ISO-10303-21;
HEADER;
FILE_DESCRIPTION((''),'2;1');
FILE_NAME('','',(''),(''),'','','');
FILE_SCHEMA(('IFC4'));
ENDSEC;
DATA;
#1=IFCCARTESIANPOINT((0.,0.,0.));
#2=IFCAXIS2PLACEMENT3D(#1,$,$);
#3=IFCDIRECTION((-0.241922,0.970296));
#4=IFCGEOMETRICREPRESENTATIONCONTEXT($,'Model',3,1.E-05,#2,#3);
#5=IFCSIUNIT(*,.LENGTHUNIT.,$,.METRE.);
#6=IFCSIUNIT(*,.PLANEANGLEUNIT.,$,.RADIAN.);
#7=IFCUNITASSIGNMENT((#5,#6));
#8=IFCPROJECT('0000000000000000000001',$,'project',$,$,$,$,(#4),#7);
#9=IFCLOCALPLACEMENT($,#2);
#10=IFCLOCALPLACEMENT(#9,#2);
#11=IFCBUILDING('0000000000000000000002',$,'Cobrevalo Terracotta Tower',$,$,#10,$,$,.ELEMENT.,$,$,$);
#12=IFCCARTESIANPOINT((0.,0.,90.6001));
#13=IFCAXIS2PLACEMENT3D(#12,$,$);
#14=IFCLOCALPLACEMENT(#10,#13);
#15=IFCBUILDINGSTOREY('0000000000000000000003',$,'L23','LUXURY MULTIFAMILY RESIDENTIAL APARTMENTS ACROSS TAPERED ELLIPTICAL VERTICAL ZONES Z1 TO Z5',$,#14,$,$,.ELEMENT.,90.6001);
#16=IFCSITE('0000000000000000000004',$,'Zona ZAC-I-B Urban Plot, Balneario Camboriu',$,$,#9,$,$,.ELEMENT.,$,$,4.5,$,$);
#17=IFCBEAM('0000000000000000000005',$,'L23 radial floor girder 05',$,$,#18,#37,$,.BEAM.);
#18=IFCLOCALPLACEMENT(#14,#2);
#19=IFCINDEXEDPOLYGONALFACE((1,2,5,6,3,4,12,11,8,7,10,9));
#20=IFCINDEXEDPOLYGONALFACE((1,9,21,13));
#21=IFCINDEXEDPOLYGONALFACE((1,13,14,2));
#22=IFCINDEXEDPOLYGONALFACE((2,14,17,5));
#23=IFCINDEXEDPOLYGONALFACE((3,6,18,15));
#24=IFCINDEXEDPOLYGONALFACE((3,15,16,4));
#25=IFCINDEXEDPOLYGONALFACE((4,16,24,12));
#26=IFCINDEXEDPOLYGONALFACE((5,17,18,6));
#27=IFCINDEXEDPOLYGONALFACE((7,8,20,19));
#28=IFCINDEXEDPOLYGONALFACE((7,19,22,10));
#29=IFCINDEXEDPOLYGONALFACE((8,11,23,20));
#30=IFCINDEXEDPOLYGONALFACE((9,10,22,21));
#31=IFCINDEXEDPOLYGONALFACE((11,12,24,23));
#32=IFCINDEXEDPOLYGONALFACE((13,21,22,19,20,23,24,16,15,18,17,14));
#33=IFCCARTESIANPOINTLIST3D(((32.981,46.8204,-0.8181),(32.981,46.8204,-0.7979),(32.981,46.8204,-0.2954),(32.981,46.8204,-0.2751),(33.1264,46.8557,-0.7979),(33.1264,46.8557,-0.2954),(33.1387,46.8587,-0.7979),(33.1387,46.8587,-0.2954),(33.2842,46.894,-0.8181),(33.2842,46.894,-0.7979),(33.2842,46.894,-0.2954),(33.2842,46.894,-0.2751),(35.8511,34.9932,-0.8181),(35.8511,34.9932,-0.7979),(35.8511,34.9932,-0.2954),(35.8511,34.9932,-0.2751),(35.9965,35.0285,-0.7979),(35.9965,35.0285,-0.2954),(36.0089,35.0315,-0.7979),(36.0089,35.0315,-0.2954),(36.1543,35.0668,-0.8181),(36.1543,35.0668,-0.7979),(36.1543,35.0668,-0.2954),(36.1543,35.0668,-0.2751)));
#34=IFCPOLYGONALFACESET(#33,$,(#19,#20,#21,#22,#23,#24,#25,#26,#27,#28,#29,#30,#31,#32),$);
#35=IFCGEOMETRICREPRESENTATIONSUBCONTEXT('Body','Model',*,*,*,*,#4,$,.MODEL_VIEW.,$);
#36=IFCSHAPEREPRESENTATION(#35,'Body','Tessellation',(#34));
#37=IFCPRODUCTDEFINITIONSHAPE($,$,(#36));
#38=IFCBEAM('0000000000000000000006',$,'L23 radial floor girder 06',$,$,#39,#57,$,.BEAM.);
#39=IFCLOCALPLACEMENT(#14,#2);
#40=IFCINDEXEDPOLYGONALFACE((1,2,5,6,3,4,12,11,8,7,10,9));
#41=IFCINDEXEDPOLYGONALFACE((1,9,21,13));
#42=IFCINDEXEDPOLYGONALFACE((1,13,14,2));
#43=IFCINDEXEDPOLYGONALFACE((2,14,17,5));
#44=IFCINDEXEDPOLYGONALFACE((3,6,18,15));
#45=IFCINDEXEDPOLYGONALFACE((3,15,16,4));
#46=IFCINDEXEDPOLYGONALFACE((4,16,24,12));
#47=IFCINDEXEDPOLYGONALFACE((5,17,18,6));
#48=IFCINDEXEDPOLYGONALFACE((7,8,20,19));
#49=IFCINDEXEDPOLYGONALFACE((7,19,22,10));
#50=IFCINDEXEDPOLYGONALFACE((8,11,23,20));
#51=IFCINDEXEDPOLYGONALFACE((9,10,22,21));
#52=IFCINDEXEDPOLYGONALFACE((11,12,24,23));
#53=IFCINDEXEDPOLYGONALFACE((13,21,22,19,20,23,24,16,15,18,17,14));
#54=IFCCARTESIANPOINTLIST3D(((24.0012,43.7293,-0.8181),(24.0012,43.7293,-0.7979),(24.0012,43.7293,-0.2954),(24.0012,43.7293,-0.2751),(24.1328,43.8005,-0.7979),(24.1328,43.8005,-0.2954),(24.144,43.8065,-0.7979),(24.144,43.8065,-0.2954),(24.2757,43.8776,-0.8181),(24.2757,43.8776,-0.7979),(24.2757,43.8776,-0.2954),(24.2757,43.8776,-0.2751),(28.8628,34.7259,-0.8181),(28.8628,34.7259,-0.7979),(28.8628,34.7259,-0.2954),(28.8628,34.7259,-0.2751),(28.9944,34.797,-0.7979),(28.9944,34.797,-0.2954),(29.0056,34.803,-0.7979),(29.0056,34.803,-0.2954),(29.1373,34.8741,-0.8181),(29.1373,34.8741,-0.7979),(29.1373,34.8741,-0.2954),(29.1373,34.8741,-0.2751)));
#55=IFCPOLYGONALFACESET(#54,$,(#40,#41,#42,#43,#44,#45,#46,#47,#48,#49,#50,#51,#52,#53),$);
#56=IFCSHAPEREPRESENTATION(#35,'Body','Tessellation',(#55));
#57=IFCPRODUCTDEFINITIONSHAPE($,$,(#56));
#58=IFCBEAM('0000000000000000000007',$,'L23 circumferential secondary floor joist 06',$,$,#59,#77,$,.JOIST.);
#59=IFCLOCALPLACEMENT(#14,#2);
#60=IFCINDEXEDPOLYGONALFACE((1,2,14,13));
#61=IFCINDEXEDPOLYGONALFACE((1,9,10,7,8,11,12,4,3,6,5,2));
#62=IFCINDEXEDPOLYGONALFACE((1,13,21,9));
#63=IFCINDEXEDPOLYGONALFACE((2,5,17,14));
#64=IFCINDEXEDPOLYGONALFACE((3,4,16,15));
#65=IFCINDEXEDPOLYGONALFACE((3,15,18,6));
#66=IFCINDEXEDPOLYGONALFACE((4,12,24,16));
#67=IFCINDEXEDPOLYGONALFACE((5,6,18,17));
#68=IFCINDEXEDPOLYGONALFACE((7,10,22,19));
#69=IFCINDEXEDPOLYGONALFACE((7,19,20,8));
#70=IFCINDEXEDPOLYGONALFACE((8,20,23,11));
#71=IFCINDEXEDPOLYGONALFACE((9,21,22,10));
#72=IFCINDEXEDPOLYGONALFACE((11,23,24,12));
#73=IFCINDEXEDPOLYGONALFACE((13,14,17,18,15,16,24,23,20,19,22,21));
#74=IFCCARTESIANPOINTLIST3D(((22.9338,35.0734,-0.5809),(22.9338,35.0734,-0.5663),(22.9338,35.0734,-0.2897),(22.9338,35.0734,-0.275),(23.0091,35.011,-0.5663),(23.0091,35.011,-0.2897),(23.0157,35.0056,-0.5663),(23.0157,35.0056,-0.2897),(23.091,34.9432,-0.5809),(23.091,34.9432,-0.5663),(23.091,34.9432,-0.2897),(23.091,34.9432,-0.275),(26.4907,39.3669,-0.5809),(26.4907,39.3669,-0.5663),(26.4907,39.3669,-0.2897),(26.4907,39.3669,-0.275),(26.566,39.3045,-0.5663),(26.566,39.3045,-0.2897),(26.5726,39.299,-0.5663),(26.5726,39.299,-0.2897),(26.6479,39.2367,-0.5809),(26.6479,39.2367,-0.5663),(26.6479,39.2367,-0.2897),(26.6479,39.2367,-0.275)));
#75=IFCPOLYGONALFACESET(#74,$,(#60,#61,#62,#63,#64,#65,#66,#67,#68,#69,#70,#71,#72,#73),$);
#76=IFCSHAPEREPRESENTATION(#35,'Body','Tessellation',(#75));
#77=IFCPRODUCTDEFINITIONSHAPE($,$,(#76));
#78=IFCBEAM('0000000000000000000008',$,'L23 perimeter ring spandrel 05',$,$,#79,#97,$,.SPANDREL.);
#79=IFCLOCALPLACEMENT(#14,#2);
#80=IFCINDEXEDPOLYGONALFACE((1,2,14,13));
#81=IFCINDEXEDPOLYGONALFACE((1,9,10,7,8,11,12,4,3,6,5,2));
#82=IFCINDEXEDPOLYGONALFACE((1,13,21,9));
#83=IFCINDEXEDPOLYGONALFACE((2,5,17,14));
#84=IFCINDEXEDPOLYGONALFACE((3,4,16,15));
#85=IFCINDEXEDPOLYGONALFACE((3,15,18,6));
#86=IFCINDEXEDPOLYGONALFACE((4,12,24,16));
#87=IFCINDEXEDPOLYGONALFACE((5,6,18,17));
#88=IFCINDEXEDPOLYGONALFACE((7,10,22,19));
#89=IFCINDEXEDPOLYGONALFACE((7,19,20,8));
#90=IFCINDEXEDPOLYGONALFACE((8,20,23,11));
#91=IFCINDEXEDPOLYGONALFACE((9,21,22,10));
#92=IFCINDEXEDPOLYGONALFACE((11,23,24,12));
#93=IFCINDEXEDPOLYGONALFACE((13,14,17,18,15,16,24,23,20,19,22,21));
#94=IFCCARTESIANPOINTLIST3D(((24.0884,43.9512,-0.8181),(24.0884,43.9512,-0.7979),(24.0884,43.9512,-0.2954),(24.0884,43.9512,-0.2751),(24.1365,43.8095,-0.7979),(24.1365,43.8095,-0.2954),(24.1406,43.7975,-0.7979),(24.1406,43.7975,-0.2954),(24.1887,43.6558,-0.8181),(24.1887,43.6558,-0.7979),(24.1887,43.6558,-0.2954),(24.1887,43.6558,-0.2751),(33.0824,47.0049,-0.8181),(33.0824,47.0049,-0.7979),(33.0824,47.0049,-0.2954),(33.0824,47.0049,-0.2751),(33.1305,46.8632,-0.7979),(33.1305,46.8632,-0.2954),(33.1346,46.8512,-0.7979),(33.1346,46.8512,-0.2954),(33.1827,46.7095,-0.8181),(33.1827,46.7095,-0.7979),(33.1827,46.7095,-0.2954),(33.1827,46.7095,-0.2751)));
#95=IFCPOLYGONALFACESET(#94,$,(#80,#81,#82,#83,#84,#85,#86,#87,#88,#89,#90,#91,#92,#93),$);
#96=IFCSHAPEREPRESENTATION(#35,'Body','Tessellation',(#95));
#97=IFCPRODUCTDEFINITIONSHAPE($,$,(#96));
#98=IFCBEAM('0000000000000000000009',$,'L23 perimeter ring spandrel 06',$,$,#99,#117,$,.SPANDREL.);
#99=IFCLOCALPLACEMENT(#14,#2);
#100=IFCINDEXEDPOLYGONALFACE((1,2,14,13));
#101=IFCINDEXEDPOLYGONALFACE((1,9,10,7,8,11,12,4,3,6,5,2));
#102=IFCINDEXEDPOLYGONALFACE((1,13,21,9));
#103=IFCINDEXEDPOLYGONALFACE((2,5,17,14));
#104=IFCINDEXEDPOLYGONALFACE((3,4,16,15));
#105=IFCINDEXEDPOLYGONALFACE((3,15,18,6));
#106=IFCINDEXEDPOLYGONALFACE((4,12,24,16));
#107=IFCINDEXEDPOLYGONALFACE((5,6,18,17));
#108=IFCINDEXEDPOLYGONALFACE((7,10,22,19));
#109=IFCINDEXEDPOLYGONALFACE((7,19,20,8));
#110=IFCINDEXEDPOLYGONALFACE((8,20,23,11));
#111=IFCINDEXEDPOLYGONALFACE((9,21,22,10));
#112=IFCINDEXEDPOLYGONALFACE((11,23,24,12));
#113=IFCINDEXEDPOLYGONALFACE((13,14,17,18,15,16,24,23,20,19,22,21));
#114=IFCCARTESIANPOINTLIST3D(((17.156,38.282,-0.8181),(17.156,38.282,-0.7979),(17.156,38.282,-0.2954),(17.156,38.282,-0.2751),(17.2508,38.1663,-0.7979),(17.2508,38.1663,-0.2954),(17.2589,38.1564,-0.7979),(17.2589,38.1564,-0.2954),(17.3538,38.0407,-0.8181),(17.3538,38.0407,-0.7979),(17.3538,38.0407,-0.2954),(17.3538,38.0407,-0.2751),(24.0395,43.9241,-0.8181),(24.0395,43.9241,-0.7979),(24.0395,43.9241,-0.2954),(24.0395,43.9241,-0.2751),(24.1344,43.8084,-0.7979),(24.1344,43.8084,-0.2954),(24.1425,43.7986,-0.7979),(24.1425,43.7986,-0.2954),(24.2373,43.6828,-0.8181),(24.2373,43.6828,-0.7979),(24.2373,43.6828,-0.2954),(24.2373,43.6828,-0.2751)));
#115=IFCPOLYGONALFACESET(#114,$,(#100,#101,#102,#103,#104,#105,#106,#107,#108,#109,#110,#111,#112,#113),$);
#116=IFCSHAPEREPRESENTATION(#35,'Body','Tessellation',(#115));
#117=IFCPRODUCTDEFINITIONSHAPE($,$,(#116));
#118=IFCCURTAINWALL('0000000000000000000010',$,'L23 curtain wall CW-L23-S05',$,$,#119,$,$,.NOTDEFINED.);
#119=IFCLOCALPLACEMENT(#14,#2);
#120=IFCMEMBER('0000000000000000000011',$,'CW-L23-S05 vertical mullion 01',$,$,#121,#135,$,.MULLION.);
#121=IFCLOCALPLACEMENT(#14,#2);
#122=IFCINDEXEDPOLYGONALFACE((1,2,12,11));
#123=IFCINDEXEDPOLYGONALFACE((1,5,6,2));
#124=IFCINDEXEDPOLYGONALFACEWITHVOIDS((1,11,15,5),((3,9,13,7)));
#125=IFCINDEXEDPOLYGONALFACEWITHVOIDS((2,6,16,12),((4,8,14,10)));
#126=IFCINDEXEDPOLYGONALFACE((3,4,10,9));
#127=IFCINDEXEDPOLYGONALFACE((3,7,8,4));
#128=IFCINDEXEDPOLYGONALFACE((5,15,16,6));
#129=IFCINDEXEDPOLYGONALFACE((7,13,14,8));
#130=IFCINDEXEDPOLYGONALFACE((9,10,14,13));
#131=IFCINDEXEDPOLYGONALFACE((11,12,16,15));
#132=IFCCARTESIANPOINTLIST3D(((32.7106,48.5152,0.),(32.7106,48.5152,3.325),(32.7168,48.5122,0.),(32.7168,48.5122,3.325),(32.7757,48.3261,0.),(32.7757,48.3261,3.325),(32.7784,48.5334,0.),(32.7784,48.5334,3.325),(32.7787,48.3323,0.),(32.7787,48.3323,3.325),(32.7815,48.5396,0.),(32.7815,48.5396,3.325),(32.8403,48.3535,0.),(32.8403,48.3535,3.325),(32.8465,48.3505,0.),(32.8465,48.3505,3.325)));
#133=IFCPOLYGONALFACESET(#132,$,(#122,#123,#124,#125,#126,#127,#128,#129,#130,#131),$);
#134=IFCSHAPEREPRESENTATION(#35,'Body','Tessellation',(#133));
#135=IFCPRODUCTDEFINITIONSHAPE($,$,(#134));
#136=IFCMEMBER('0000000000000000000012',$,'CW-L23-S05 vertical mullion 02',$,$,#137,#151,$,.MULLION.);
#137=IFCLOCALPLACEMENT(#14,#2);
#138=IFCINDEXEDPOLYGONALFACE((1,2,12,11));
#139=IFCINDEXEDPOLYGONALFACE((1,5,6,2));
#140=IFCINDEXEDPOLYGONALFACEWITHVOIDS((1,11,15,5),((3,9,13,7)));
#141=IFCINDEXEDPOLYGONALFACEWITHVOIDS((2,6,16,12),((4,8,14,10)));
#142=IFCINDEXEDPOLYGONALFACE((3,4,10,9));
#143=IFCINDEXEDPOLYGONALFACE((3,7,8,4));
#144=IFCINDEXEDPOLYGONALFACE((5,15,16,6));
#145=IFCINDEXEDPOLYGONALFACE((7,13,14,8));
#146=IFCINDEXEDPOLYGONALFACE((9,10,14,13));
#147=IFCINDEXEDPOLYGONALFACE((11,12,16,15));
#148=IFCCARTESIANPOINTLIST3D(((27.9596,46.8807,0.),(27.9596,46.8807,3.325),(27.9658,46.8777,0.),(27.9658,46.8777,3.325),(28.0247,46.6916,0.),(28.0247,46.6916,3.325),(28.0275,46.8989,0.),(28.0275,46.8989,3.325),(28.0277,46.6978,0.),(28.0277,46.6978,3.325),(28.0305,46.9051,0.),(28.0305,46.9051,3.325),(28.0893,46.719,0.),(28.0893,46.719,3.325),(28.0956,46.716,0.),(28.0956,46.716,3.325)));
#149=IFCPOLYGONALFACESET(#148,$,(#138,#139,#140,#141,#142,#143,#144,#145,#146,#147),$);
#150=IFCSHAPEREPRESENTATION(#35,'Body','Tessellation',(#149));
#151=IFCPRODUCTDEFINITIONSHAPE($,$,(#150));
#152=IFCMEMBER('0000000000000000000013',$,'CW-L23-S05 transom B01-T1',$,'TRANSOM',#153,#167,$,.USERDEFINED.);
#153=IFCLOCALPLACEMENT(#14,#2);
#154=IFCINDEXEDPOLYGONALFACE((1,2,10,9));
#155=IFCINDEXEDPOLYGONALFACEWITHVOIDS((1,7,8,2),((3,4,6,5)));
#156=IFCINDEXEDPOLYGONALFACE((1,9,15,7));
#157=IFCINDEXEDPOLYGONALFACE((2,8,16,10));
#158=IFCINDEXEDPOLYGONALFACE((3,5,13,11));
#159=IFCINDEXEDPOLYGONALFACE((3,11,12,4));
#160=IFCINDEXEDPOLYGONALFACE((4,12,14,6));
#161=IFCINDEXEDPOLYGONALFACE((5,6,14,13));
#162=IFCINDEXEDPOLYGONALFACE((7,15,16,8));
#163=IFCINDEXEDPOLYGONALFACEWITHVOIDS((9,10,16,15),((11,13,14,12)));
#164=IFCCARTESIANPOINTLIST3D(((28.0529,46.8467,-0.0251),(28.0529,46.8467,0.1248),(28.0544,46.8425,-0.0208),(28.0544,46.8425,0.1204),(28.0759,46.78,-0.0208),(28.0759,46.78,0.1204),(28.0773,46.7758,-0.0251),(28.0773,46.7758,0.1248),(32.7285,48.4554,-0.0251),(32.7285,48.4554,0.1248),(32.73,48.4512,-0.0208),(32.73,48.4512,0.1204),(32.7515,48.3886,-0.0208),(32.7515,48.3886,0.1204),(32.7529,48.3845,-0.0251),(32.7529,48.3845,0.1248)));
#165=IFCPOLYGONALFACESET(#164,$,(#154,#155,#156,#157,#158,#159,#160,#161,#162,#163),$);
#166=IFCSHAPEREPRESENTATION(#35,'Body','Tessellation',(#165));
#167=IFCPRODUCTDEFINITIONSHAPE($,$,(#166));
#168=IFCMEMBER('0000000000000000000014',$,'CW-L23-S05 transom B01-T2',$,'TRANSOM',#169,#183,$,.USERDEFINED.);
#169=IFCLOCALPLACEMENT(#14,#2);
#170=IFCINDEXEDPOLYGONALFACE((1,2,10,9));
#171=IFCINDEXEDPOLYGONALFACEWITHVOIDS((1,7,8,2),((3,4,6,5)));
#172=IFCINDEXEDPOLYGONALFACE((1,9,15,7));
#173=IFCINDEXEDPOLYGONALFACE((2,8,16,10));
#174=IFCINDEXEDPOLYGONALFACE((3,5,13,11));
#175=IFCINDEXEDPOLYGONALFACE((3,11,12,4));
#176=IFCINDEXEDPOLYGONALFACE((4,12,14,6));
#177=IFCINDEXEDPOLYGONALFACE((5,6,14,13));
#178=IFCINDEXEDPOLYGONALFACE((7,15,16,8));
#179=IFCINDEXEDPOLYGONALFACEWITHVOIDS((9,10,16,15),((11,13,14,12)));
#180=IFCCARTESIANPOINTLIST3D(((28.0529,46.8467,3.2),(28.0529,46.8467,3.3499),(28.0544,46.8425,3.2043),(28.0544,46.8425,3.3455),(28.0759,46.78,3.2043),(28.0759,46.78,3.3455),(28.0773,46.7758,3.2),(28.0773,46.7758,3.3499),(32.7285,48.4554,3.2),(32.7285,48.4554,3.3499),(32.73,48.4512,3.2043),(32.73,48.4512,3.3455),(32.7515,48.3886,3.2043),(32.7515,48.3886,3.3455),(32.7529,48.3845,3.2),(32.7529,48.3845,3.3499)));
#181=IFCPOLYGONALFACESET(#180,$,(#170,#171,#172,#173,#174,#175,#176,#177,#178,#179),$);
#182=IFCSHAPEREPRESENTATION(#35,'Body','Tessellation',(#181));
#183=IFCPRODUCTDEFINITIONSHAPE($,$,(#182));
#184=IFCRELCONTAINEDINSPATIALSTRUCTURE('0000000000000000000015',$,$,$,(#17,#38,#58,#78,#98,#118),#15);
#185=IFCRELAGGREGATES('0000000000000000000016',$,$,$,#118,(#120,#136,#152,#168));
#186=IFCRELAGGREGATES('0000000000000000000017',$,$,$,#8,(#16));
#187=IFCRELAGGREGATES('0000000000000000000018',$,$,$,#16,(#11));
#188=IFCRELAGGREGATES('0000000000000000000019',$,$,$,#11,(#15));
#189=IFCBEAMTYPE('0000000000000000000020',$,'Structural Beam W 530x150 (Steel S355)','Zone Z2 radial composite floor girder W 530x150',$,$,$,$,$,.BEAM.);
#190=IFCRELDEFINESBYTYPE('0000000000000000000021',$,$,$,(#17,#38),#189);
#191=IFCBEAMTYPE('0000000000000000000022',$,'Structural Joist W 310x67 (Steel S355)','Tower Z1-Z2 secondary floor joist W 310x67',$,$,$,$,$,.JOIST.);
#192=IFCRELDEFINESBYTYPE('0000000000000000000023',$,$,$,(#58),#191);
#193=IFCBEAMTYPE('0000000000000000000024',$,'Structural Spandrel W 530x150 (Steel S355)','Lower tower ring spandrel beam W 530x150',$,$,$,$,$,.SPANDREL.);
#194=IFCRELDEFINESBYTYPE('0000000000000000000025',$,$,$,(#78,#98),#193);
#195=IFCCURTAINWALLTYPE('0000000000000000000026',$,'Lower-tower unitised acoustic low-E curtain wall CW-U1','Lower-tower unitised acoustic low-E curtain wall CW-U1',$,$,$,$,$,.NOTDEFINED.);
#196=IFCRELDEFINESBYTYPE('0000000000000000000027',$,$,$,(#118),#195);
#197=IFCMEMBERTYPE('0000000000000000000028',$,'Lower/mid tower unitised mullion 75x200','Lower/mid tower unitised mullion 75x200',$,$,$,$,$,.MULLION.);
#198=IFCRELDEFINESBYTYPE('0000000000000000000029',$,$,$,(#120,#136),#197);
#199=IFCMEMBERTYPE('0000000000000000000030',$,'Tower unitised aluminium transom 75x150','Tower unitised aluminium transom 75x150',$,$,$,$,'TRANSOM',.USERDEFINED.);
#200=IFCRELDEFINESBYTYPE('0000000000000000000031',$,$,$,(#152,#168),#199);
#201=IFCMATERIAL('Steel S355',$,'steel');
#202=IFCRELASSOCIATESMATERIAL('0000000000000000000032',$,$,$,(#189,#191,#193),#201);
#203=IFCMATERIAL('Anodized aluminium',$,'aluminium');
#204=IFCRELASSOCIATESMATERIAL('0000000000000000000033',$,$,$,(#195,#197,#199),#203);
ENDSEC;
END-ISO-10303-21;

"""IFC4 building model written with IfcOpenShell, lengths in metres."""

from ifc_helpers import new_model, si_unit, direction, frame, origin, origin_2d, place, context, subcontext, project, spatial, hollow_rectangle, i_section, extrude, source, transform, mapped, material, material_profile, profile_set, type_object, element, aggregate, save


model = new_model("IFC4")

# Units and contexts
model_context = context("Model", 3, precision=1e-05, world=origin(), true_north=direction((-0.241922, 0.970296)))
body_context = subcontext(model_context, "Body", "Model", "MODEL_VIEW")
ifc_project = project(units=[si_unit("LENGTHUNIT", "METRE"), si_unit("PLANEANGLEUNIT", "RADIAN")], contexts=[model_context])

# Site, building, storey
site_placement = place(None, origin())
site = spatial("IfcSite", under=ifc_project, at=site_placement, Name="Zona ZAC-I-B Urban Plot, Balneario Camboriu", CompositionType="ELEMENT", RefElevation=4.5)
building_placement = place(site_placement, origin())
building = spatial("IfcBuilding", under=site, at=building_placement, Name="Cobrevalo Terracotta Tower", CompositionType="ELEMENT")
storey_placement = place(building_placement, frame((0.0, 0.0, 90.6001)))
storey = spatial("IfcBuildingStorey", under=building, at=storey_placement, Name="L23", Description="LUXURY MULTIFAMILY RESIDENTIAL APARTMENTS ACROSS TAPERED ELLIPTICAL VERTICAL ZONES Z1 TO Z5", CompositionType="ELEMENT", Elevation=90.6001)

# Shared definitions
ifc_material_1 = material(Name="Steel S355", Category="steel")

# Beams
ifc_material_profile_1 = material_profile(ifc_material_1, i_section(OverallWidth=0.312, OverallDepth=0.543, WebThickness=0.0127, FlangeThickness=0.0203, at=origin_2d()), Name="W 530x150")
ifc_profile_set_1 = profile_set([ifc_material_profile_1], Name="Steel S355")
beam_type_1 = type_object("IfcBeamType", Name="Structural Beam W 530x150 (Steel S355)", Description="Zone Z2 radial composite floor girder W 530x150", PredefinedType="BEAM", material=ifc_profile_set_1)
beam_1_placement = place(storey_placement, frame((33.1326, 46.8572, -0.5466), z_axis=(0.235827, -0.971795, 0.0), x_axis=(0.971795, 0.235827, 0.0)))
element("IfcBeam", 1, at=beam_1_placement, inside=storey, type_object=beam_type_1, Name="L23 radial floor girder 05", PredefinedType="BEAM", context=body_context, shape_type="SweptSolid", body=[
    extrude(i_section(OverallWidth=0.312, OverallDepth=0.543, WebThickness=0.0127, FlangeThickness=0.0203, at=origin_2d()), origin(), (0.0, 0.0, 1.0), 12.1704),
])
beam_2_placement = place(storey_placement, frame((24.1384, 43.8035, -0.5466), z_axis=(0.475128, -0.879917, 0.0), x_axis=(0.879917, 0.475128, 0.0)))
element("IfcBeam", 2, at=beam_2_placement, inside=storey, type_object=beam_type_1, Name="L23 radial floor girder 06", PredefinedType="BEAM", context=body_context, shape_type="SweptSolid", body=[
    extrude(i_section(OverallWidth=0.312, OverallDepth=0.543, WebThickness=0.0127, FlangeThickness=0.0203, at=origin_2d()), origin(), (0.0, 0.0, 1.0), 10.2322),
])
ifc_material_profile_2 = material_profile(ifc_material_1, i_section(OverallWidth=0.2041, OverallDepth=0.3059, WebThickness=0.0085, FlangeThickness=0.0146, at=origin_2d()), Name="W 310x67")
ifc_profile_set_2 = profile_set([ifc_material_profile_2], Name="Steel S355")
beam_type_2 = type_object("IfcBeamType", Name="Structural Joist W 310x67 (Steel S355)", Description="Tower Z1-Z2 secondary floor joist W 310x67", PredefinedType="JOIST", material=ifc_profile_set_2)
beam_3_placement = place(storey_placement, frame((26.5693, 39.3018, -0.428), z_axis=(-0.637959, -0.77007, 0.0), x_axis=(0.77007, -0.637959, 0.0)))
element("IfcBeam", 3, at=beam_3_placement, inside=storey, type_object=beam_type_2, Name="L23 circumferential secondary floor joist 06", PredefinedType="JOIST", context=body_context, shape_type="SweptSolid", body=[
    extrude(i_section(OverallWidth=0.2041, OverallDepth=0.3059, WebThickness=0.0085, FlangeThickness=0.0146, at=origin_2d()), origin(), (0.0, 0.0, 1.0), 5.5754),
])
ifc_material_profile_3 = material_profile(ifc_material_1, i_section(OverallWidth=0.312, OverallDepth=0.543, WebThickness=0.0127, FlangeThickness=0.0203, at=origin_2d()), Name="W 530x150")
ifc_profile_set_3 = profile_set([ifc_material_profile_3], Name="Steel S355")
beam_type_3 = type_object("IfcBeamType", Name="Structural Spandrel W 530x150 (Steel S355)", Description="Lower tower ring spandrel beam W 530x150", PredefinedType="SPANDREL", material=ifc_profile_set_3)
beam_4_placement = place(storey_placement, frame((33.1326, 46.8572, -0.5466), z_axis=(-0.946911, -0.321497, 0.0), x_axis=(0.321497, -0.946911, 0.0)))
element("IfcBeam", 4, at=beam_4_placement, inside=storey, type_object=beam_type_3, Name="L23 perimeter ring spandrel 05", PredefinedType="SPANDREL", context=body_context, shape_type="SweptSolid", body=[
    extrude(i_section(OverallWidth=0.312, OverallDepth=0.543, WebThickness=0.0127, FlangeThickness=0.0203, at=origin_2d()), origin(), (0.0, 0.0, 1.0), 9.4983),
])
beam_5_placement = place(storey_placement, frame((24.1384, 43.8035, -0.5466), z_axis=(-0.773401, -0.633917, 0.0), x_axis=(0.633917, -0.773401, 0.0)))
element("IfcBeam", 5, at=beam_5_placement, inside=storey, type_object=beam_type_3, Name="L23 perimeter ring spandrel 06", PredefinedType="SPANDREL", context=body_context, shape_type="SweptSolid", body=[
    extrude(i_section(OverallWidth=0.312, OverallDepth=0.543, WebThickness=0.0127, FlangeThickness=0.0203, at=origin_2d()), origin(), (0.0, 0.0, 1.0), 8.9004),
])

# Curtain wall, members
ifc_material_2 = material(Name="Anodized aluminium", Category="aluminium")
curtain_wall_type = type_object("IfcCurtainWallType", Name="Lower-tower unitised acoustic low-E curtain wall CW-U1", Description="Lower-tower unitised acoustic low-E curtain wall CW-U1", PredefinedType="NOTDEFINED", material=ifc_material_2)
curtain_wall_placement = place(storey_placement, origin())
curtain_wall = element("IfcCurtainWall", 6, at=curtain_wall_placement, inside=storey, type_object=curtain_wall_type, Name="L23 curtain wall CW-L23-S05", PredefinedType="NOTDEFINED")
ifc_material_profile_4 = material_profile(ifc_material_2, hollow_rectangle(XDim=0.075, YDim=0.2, WallThickness=0.0049, at=origin_2d()), Name="CWM 75x200")
ifc_profile_set_4 = profile_set([ifc_material_profile_4], Name="Anodized aluminium")
member_type_1 = type_object("IfcMemberType", Name="Lower/mid tower unitised mullion 75x200", Description="Lower/mid tower unitised mullion 75x200", PredefinedType="MULLION", material=ifc_profile_set_4)
shared_shape_1 = source(origin(), body_context, "Body", "SweptSolid", [
    extrude(hollow_rectangle(XDim=0.075, YDim=0.2, WallThickness=0.0049, at=origin_2d()), origin(), (0.0, 0.0, 1.0), 3.325),
])
member_1_placement = place(storey_placement, frame((32.7786, 48.4329, 0.0), z_axis=(0.0, 0.0, 1.0), x_axis=(-0.945598, -0.325337, 0.0)))
member_1 = element("IfcMember", 7, at=member_1_placement, type_object=member_type_1, Name="CW-L23-S05 vertical mullion 01", PredefinedType="MULLION", context=body_context, shape_type="MappedRepresentation", body=[
    mapped(shared_shape_1, transform((0.0, 0.0, 0.0), scale=1.0)),
])
member_2_placement = place(storey_placement, frame((28.0276, 46.7983, 0.0), z_axis=(0.0, 0.0, 1.0), x_axis=(-0.945598, -0.325337, 0.0)))
member_2 = element("IfcMember", 8, at=member_2_placement, type_object=member_type_1, Name="CW-L23-S05 vertical mullion 02", PredefinedType="MULLION", context=body_context, shape_type="MappedRepresentation", body=[
    mapped(shared_shape_1, transform((0.0, 0.0, 0.0), scale=1.0)),
])
ifc_material_profile_5 = material_profile(ifc_material_2, hollow_rectangle(XDim=0.075, YDim=0.1499, WallThickness=0.0044, at=origin_2d()), Name="CWT 75x150")
ifc_profile_set_5 = profile_set([ifc_material_profile_5], Name="Anodized aluminium")
member_type_2 = type_object("IfcMemberType", Name="Tower unitised aluminium transom 75x150", Description="Tower unitised aluminium transom 75x150", ElementType="TRANSOM", PredefinedType="USERDEFINED", material=ifc_profile_set_5)
shared_shape_2 = source(origin(), body_context, "Body", "SweptSolid", [
    extrude(hollow_rectangle(XDim=0.075, YDim=0.1499, WallThickness=0.0044, at=origin_2d()), origin(), (0.0, 0.0, 1.0), 4.9446),
])
member_3_placement = place(storey_placement, frame((32.7407, 48.4199, 0.0498), z_axis=(-0.945598, -0.325338, 0.0), x_axis=(0.325338, -0.945598, 0.0)))
member_3 = element("IfcMember", 9, at=member_3_placement, type_object=member_type_2, Name="CW-L23-S05 transom B01-T1", ObjectType="TRANSOM", PredefinedType="USERDEFINED", context=body_context, shape_type="MappedRepresentation", body=[
    mapped(shared_shape_2, transform((0.0, 0.0, 0.0), scale=1.0)),
])
member_4_placement = place(storey_placement, frame((32.7407, 48.4199, 3.2749), z_axis=(-0.945598, -0.325338, 0.0), x_axis=(0.325338, -0.945598, 0.0)))
member_4 = element("IfcMember", 10, at=member_4_placement, type_object=member_type_2, Name="CW-L23-S05 transom B01-T2", ObjectType="TRANSOM", PredefinedType="USERDEFINED", context=body_context, shape_type="MappedRepresentation", body=[
    mapped(shared_shape_2, transform((0.0, 0.0, 0.0), scale=1.0)),
])
aggregate(curtain_wall, [member_1, member_2, member_3, member_4])

save(model, "model.ifc")
